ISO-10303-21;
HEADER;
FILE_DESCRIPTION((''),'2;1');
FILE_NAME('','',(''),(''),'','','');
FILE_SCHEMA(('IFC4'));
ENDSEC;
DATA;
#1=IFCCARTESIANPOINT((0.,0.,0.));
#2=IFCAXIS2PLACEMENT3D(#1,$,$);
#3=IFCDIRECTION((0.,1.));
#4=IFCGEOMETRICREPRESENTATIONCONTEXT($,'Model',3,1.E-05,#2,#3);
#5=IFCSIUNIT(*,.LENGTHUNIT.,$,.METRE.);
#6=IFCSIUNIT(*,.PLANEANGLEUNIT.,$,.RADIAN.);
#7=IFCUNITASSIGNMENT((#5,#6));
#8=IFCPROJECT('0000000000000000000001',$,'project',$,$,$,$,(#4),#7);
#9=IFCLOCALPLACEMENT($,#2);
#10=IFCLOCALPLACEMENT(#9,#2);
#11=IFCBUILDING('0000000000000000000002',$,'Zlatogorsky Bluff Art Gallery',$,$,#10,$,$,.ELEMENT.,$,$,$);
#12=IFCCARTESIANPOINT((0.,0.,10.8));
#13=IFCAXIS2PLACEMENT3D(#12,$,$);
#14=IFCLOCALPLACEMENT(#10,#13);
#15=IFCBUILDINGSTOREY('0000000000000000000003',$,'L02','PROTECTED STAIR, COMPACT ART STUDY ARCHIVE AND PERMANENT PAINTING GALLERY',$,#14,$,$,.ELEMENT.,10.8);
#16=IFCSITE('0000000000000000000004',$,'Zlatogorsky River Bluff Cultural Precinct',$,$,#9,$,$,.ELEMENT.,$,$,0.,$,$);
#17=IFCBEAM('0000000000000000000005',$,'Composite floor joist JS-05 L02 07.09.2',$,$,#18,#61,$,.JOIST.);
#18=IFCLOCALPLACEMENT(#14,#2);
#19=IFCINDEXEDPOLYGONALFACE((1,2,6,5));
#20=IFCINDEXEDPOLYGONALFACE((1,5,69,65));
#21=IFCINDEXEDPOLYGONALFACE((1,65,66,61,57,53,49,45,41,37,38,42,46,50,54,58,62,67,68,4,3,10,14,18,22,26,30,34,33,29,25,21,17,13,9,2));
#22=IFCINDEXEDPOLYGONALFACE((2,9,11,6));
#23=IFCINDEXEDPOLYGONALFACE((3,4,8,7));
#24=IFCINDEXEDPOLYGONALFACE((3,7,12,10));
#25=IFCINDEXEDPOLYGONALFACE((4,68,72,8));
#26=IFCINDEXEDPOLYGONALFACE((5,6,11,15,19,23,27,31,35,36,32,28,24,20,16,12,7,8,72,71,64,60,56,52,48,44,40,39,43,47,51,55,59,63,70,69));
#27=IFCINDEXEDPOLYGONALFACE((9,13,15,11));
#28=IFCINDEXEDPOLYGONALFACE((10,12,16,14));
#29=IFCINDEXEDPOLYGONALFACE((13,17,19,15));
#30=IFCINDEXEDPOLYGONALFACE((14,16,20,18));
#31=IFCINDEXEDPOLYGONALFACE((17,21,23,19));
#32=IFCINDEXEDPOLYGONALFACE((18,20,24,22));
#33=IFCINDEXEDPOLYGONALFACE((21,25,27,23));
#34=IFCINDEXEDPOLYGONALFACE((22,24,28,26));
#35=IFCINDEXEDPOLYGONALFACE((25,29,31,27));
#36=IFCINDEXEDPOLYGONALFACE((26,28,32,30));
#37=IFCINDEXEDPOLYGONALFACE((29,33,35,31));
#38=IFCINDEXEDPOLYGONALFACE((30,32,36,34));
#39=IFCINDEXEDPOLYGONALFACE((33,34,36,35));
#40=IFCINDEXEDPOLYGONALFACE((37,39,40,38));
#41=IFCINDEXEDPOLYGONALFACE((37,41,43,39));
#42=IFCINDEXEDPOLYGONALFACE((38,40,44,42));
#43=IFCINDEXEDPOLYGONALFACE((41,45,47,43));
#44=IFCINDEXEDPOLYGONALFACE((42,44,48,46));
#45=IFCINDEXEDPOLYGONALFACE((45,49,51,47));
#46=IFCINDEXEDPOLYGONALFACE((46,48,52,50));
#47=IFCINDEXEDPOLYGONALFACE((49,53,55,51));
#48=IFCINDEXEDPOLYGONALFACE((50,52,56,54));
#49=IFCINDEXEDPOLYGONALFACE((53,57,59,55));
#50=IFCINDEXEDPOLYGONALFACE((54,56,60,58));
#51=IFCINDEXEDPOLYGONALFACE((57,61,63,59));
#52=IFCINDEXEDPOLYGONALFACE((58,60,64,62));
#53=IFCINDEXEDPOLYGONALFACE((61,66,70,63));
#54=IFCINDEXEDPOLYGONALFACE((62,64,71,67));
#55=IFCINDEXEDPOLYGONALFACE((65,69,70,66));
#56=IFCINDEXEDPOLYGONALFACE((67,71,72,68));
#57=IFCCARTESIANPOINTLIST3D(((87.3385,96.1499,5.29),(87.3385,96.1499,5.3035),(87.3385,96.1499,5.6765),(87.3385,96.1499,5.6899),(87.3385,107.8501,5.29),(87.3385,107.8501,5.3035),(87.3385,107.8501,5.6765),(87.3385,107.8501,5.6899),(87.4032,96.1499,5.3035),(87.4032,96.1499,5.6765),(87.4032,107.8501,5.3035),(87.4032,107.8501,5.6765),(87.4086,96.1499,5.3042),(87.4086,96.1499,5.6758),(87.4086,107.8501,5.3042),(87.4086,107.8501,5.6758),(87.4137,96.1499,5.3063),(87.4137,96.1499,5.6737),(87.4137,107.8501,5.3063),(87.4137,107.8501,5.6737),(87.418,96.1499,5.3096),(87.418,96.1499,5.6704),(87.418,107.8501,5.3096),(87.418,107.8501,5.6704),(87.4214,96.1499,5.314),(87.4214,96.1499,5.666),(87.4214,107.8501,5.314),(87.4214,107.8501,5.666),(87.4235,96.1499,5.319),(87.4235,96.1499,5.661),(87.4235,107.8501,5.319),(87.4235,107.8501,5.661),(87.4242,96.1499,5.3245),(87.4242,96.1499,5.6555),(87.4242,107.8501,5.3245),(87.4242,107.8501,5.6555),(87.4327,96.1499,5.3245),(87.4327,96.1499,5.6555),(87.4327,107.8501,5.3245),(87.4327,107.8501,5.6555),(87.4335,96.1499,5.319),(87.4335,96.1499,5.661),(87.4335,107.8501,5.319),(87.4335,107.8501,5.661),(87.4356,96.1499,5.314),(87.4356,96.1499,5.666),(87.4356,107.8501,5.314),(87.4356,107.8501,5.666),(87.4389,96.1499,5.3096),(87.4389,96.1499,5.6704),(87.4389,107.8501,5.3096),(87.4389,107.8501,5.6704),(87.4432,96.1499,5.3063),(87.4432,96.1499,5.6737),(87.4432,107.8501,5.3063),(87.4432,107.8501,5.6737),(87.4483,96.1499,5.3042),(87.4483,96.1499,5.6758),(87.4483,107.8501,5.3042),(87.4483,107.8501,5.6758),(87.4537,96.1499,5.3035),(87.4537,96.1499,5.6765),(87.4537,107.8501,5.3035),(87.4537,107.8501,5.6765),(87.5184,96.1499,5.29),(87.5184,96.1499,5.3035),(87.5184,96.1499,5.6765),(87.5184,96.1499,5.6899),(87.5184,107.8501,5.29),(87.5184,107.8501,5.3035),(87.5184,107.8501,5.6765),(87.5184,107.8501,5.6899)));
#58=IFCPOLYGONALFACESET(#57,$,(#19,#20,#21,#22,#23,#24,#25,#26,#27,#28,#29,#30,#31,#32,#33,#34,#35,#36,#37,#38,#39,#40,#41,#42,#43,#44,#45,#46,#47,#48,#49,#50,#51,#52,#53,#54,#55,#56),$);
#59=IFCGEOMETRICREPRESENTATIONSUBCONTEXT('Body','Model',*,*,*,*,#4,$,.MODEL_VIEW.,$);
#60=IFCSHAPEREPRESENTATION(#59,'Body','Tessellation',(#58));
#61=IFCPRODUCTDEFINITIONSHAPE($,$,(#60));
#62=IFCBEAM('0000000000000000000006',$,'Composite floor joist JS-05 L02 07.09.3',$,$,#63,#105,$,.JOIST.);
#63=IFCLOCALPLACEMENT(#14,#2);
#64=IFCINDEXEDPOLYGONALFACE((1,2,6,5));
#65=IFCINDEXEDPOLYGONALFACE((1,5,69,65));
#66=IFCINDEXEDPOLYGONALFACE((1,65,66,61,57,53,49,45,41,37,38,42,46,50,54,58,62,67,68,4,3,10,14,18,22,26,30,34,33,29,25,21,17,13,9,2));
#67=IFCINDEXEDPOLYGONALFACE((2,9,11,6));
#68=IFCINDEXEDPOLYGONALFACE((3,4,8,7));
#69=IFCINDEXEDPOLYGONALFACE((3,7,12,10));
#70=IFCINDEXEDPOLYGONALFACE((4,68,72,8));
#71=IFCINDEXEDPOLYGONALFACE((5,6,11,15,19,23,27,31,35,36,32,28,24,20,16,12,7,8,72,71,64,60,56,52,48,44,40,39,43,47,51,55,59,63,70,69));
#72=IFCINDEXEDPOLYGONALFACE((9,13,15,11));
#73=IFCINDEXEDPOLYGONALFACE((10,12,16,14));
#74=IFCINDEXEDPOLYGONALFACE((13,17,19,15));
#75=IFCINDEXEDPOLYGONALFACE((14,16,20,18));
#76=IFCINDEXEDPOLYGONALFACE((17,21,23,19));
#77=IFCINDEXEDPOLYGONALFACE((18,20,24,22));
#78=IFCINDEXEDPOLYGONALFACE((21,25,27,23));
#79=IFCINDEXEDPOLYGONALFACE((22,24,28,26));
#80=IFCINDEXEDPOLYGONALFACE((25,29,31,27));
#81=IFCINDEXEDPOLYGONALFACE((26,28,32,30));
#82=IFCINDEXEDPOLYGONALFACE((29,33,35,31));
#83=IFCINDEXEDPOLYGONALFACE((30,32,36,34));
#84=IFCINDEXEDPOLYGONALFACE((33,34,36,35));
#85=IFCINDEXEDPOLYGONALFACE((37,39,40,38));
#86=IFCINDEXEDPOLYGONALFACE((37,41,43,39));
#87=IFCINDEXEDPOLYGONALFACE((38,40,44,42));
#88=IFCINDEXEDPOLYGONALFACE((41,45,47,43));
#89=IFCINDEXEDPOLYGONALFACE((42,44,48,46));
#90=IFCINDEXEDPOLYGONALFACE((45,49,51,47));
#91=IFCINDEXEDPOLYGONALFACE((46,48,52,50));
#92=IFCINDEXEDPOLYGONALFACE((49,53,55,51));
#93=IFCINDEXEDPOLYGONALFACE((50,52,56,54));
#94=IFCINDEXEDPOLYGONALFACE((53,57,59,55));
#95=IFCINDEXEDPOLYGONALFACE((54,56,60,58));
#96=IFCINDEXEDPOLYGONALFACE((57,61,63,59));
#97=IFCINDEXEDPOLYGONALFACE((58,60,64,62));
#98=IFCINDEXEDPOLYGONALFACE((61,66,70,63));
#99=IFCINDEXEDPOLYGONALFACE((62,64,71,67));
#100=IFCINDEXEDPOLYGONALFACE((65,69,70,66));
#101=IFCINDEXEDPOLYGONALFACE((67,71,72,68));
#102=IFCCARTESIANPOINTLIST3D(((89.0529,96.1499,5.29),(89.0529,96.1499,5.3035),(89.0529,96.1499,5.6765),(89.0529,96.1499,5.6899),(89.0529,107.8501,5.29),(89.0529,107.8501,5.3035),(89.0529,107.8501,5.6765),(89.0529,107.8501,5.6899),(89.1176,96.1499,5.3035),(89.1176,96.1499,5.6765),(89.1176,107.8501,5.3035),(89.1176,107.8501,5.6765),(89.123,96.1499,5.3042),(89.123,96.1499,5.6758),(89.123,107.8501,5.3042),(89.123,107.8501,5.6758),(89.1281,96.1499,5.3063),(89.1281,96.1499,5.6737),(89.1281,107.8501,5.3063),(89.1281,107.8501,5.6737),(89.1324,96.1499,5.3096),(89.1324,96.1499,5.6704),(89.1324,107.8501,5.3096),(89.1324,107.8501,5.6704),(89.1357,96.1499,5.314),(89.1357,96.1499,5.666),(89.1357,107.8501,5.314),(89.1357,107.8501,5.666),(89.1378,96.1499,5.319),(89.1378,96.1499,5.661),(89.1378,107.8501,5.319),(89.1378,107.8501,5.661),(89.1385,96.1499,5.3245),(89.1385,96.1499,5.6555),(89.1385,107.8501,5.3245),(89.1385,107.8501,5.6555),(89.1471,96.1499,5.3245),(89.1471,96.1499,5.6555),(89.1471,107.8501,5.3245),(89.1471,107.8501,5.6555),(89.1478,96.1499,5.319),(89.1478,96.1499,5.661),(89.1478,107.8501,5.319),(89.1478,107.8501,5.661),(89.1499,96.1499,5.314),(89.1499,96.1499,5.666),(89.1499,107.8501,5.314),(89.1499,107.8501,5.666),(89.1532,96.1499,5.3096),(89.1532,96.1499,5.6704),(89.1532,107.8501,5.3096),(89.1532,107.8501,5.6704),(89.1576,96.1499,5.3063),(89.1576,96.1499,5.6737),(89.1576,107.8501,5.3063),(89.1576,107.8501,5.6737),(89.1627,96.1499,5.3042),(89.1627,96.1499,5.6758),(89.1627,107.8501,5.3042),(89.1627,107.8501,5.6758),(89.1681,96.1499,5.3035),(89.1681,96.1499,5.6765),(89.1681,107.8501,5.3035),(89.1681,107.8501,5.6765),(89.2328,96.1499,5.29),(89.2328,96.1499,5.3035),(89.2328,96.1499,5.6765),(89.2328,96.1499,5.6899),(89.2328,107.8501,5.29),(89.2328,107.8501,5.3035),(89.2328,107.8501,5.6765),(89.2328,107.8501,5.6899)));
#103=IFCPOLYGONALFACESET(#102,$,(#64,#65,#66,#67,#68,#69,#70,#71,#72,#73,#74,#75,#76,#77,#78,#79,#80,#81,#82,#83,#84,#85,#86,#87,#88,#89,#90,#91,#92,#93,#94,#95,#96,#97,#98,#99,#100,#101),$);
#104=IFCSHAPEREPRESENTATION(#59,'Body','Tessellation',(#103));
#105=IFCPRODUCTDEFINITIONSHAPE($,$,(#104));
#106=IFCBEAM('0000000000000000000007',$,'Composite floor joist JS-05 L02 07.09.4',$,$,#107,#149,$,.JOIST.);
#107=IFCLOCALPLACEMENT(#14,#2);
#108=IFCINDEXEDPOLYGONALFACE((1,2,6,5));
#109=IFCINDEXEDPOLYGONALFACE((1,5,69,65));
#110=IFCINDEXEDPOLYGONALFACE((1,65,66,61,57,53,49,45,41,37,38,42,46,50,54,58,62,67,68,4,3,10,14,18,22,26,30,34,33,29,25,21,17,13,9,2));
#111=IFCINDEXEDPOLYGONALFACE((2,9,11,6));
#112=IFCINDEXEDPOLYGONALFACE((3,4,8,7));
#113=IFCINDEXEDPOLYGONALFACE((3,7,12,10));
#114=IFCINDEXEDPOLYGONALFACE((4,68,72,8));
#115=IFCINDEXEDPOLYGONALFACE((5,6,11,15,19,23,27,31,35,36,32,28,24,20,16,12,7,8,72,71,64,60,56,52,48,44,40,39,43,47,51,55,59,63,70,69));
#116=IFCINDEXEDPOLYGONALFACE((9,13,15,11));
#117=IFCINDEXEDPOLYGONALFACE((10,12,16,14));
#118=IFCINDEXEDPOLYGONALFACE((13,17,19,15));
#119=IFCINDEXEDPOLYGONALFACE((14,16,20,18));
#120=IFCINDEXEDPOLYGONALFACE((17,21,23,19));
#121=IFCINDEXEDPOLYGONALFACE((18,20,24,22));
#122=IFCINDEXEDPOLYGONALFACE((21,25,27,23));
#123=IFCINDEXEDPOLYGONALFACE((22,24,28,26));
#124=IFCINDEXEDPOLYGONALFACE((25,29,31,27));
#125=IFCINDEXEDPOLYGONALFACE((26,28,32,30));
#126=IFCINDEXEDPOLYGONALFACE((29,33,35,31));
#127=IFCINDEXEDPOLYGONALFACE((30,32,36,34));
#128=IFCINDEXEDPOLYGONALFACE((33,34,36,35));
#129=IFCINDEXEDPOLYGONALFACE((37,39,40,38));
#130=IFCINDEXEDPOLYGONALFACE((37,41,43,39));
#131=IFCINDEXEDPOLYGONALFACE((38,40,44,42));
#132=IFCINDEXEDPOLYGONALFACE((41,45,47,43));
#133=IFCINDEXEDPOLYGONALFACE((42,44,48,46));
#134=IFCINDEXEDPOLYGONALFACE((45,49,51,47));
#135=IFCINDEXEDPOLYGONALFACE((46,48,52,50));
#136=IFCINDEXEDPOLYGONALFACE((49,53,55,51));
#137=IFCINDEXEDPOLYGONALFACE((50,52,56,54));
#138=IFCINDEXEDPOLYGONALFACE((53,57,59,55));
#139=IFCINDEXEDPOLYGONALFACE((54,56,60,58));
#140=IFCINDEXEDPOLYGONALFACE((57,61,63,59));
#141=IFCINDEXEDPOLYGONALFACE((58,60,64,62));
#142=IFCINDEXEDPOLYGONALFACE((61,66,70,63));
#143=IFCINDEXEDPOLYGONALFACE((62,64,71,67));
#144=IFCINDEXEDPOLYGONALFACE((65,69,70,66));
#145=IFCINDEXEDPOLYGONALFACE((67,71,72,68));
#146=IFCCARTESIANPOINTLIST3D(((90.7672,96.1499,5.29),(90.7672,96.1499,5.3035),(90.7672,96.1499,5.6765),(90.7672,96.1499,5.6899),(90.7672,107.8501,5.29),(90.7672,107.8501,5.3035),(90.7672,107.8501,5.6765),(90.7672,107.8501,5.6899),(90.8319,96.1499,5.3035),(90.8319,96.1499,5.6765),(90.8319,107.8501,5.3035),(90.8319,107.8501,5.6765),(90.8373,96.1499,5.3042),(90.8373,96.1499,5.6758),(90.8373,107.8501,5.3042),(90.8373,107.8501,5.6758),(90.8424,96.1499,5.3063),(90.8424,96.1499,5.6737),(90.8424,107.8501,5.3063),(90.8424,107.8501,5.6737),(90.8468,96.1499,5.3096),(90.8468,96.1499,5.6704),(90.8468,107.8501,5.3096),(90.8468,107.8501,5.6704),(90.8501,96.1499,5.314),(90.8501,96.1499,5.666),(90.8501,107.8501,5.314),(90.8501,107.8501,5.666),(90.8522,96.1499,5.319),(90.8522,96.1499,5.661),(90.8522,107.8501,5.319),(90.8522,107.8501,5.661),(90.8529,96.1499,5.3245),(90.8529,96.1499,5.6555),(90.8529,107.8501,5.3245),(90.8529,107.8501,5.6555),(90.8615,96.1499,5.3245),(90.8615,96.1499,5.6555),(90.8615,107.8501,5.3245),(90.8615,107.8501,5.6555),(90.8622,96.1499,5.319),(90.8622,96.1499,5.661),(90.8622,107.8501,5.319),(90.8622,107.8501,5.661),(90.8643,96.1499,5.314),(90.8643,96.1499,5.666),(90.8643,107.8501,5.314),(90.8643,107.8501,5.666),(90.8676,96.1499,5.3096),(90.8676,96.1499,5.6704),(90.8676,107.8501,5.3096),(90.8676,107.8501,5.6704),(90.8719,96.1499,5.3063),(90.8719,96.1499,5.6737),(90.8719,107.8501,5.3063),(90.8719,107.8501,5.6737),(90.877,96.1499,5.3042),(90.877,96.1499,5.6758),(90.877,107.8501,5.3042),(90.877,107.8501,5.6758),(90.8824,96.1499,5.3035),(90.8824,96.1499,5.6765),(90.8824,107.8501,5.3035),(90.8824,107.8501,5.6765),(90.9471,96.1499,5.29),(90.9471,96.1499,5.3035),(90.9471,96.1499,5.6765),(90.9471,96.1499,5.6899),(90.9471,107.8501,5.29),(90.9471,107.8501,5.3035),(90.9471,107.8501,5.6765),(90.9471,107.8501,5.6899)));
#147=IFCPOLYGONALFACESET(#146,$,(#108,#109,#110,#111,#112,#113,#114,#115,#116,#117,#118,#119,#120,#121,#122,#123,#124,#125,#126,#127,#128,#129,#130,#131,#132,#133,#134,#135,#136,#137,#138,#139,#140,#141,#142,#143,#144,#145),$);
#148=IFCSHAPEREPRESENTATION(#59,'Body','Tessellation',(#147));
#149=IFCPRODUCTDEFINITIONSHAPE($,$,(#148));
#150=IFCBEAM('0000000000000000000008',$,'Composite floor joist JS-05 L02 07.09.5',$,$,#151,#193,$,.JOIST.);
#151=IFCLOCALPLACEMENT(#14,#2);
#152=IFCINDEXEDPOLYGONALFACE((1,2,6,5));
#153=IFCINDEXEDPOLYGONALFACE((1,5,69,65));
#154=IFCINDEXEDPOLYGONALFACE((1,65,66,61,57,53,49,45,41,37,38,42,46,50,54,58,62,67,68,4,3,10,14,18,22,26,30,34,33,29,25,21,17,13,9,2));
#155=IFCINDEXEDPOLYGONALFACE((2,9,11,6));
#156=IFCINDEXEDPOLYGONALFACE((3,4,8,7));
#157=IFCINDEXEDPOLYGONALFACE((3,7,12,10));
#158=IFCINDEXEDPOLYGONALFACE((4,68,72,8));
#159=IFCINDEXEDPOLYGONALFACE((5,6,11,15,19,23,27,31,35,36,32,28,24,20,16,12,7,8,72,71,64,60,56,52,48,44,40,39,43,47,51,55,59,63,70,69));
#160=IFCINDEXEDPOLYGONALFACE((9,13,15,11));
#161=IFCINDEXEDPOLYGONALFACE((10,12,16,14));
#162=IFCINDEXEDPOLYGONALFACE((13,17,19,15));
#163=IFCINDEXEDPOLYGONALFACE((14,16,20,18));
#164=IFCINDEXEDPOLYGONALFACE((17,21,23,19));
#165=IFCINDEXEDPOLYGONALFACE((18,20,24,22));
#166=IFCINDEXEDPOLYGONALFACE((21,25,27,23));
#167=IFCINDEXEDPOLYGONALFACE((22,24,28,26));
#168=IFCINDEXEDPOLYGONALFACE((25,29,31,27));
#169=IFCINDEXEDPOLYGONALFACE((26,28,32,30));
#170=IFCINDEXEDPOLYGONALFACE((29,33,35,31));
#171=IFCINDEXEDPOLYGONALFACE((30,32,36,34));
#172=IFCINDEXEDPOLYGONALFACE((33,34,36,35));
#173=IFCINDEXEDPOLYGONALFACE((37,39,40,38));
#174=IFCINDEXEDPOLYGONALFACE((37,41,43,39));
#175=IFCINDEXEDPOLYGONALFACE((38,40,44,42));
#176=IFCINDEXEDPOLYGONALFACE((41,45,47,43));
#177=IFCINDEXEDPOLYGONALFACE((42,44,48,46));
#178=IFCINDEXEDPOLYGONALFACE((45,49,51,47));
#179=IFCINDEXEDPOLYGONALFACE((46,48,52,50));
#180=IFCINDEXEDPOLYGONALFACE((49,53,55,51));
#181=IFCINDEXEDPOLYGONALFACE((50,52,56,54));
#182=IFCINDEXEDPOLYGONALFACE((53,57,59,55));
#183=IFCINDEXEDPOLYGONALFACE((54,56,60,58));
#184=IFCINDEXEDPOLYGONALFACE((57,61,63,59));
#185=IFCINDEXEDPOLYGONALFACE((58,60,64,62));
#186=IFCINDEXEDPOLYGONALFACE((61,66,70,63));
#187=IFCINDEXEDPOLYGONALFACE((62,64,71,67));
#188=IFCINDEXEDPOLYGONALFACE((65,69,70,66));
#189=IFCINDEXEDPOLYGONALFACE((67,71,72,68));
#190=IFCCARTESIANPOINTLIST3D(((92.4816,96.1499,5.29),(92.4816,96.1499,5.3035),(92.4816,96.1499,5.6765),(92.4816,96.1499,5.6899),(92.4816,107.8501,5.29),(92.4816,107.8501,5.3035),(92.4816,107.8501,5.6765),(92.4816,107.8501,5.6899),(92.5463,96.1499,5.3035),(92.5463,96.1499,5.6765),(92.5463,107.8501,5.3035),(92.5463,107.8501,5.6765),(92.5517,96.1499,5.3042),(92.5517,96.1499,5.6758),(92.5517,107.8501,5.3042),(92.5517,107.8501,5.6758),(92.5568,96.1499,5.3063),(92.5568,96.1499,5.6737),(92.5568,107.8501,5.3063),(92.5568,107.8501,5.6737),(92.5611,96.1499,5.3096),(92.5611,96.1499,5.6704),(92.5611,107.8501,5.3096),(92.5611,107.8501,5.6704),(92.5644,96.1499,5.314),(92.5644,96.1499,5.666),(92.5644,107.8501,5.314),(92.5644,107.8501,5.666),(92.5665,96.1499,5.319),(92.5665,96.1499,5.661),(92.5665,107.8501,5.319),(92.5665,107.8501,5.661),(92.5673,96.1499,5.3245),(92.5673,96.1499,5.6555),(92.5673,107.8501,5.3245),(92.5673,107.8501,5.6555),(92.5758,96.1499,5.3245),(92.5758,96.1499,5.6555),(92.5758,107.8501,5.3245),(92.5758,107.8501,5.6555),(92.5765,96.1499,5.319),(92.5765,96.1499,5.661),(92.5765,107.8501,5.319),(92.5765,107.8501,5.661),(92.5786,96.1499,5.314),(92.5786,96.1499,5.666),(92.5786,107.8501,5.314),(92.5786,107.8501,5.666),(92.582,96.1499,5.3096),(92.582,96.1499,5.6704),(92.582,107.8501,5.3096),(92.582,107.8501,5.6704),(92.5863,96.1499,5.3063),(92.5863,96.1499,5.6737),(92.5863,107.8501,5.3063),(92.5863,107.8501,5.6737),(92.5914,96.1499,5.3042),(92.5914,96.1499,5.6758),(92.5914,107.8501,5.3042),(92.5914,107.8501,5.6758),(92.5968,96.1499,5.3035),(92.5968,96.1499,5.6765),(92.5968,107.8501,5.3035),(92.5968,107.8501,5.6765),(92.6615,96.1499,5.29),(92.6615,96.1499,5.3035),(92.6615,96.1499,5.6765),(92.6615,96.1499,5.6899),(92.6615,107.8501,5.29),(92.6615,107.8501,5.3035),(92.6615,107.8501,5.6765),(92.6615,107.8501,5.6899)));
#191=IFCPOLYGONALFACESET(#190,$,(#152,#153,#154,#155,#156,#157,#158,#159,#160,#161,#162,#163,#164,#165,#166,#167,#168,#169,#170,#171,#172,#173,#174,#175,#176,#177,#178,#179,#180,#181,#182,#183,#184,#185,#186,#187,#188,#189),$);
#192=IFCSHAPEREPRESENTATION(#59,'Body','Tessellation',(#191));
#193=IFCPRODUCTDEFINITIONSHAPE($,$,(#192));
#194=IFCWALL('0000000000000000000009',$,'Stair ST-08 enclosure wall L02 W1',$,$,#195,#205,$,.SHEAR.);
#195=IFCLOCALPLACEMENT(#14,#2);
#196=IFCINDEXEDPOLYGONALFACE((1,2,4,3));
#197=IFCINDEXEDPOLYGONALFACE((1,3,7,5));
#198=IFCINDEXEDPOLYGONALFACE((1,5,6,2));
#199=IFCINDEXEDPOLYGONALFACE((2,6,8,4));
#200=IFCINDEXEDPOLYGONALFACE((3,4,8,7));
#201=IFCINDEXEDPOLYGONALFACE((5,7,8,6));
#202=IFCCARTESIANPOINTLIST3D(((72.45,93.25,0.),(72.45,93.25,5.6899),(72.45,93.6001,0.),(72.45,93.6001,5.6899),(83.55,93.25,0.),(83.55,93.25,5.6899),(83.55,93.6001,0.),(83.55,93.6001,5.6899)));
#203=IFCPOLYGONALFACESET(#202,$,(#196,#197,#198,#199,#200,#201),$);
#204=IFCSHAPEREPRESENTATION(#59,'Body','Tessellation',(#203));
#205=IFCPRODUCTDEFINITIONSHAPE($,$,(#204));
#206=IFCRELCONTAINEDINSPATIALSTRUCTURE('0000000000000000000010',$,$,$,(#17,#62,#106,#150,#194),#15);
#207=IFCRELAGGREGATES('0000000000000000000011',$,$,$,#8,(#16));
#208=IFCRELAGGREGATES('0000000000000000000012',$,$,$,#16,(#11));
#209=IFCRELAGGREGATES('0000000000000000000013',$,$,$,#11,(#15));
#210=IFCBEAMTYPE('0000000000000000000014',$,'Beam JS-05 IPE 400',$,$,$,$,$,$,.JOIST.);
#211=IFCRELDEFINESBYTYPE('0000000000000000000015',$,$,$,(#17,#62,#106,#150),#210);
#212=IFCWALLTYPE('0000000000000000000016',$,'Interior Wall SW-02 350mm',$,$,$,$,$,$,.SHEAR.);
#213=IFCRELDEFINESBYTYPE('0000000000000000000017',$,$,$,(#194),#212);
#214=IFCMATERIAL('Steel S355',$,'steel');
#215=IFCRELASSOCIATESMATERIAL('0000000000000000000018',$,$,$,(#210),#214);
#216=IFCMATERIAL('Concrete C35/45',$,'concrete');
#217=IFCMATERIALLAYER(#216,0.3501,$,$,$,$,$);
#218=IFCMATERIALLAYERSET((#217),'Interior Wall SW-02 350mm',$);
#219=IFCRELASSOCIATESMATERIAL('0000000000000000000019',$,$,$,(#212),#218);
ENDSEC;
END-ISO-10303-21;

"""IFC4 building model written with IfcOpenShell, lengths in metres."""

from ifc_helpers import new_model, si_unit, direction, frame, frame_2d, origin, origin_2d, place, context, subcontext, project, spatial, rectangle, i_section, extrude, material, layer, layer_set, material_profile, profile_set, type_object, element, save


model = new_model("IFC4")

# Units and contexts
model_context = context("Model", 3, precision=1e-05, world=origin(), true_north=direction((0.0, 1.0)))
body_context = subcontext(model_context, "Body", "Model", "MODEL_VIEW")
ifc_project = project(units=[si_unit("LENGTHUNIT", "METRE"), si_unit("PLANEANGLEUNIT", "RADIAN")], contexts=[model_context])

# Site, building, storey
site_placement = place(None, origin())
site = spatial("IfcSite", under=ifc_project, at=site_placement, Name="Zlatogorsky River Bluff Cultural Precinct", CompositionType="ELEMENT", RefElevation=0.0)
building_placement = place(site_placement, origin())
building = spatial("IfcBuilding", under=site, at=building_placement, Name="Zlatogorsky Bluff Art Gallery", CompositionType="ELEMENT")
storey_placement = place(building_placement, frame((0.0, 0.0, 10.8)))
storey = spatial("IfcBuildingStorey", under=building, at=storey_placement, Name="L02", Description="PROTECTED STAIR, COMPACT ART STUDY ARCHIVE AND PERMANENT PAINTING GALLERY", CompositionType="ELEMENT", Elevation=10.8)

# Shared definitions
ifc_material_1 = material(Name="Steel S355", Category="steel")

# Beams
ifc_material_profile_1 = material_profile(ifc_material_1, i_section(OverallWidth=0.1799, OverallDepth=0.3999, WebThickness=0.0085, FlangeThickness=0.0134, FilletRadius=0.021, at=origin_2d()), Name="IPE 400")
ifc_profile_set_1 = profile_set([ifc_material_profile_1], Name="Steel S355")
beam_type_1 = type_object("IfcBeamType", Name="Beam JS-05 IPE 400", PredefinedType="JOIST", material=ifc_profile_set_1)
for number, where, z_axis, x_axis, name in (
    (1, (87.4285, 96.1499, 5.49), (0.0, 1.0, 0.0), (-1.0, 0.0, 0.0), "Composite floor joist JS-05 L02 07.09.2"),
    (2, (89.1428, 96.1499, 5.49), (0.0, 1.0, 0.0), (-1.0, 0.0, 0.0), "Composite floor joist JS-05 L02 07.09.3"),
    (3, (90.8572, 96.1499, 5.49), (0.0, 1.0, 0.0), (-1.0, 0.0, 0.0), "Composite floor joist JS-05 L02 07.09.4"),
    (4, (92.5715, 96.1499, 5.49), (0.0, 1.0, 0.0), (-1.0, 0.0, 0.0), "Composite floor joist JS-05 L02 07.09.5"),
):
    element("IfcBeam", number, at=place(storey_placement, frame(where, z_axis=z_axis, x_axis=x_axis)), inside=storey, type_object=beam_type_1, Name=name, PredefinedType="JOIST", context=body_context, shape_type="SweptSolid", body=[
        extrude(i_section(OverallWidth=0.1799, OverallDepth=0.3999, WebThickness=0.0085, FlangeThickness=0.0134, FilletRadius=0.021, at=origin_2d()), origin(), (0.0, 0.0, 1.0), 11.7002),
    ])

# Wall
ifc_material_2 = material(Name="Concrete C35/45", Category="concrete")
ifc_layer = layer(ifc_material_2, 0.3501)
ifc_layer_set = layer_set([ifc_layer], Name="Interior Wall SW-02 350mm")
wall_type = type_object("IfcWallType", Name="Interior Wall SW-02 350mm", PredefinedType="SHEAR", material=ifc_layer_set)
wall_placement = place(storey_placement, frame((83.55, 93.425, 0.0), z_axis=(0.0, 0.0, 1.0), x_axis=(-1.0, 0.0, 0.0)))
element("IfcWall", 5, at=wall_placement, inside=storey, type_object=wall_type, Name="Stair ST-08 enclosure wall L02 W1", PredefinedType="SHEAR", context=body_context, shape_type="SweptSolid", body=[
    extrude(rectangle(XDim=11.1001, YDim=0.3501, at=frame_2d((5.55, 0.0))), origin(), (0.0, 0.0, 1.0), 5.6899),
])

save(model, "model.ifc")
